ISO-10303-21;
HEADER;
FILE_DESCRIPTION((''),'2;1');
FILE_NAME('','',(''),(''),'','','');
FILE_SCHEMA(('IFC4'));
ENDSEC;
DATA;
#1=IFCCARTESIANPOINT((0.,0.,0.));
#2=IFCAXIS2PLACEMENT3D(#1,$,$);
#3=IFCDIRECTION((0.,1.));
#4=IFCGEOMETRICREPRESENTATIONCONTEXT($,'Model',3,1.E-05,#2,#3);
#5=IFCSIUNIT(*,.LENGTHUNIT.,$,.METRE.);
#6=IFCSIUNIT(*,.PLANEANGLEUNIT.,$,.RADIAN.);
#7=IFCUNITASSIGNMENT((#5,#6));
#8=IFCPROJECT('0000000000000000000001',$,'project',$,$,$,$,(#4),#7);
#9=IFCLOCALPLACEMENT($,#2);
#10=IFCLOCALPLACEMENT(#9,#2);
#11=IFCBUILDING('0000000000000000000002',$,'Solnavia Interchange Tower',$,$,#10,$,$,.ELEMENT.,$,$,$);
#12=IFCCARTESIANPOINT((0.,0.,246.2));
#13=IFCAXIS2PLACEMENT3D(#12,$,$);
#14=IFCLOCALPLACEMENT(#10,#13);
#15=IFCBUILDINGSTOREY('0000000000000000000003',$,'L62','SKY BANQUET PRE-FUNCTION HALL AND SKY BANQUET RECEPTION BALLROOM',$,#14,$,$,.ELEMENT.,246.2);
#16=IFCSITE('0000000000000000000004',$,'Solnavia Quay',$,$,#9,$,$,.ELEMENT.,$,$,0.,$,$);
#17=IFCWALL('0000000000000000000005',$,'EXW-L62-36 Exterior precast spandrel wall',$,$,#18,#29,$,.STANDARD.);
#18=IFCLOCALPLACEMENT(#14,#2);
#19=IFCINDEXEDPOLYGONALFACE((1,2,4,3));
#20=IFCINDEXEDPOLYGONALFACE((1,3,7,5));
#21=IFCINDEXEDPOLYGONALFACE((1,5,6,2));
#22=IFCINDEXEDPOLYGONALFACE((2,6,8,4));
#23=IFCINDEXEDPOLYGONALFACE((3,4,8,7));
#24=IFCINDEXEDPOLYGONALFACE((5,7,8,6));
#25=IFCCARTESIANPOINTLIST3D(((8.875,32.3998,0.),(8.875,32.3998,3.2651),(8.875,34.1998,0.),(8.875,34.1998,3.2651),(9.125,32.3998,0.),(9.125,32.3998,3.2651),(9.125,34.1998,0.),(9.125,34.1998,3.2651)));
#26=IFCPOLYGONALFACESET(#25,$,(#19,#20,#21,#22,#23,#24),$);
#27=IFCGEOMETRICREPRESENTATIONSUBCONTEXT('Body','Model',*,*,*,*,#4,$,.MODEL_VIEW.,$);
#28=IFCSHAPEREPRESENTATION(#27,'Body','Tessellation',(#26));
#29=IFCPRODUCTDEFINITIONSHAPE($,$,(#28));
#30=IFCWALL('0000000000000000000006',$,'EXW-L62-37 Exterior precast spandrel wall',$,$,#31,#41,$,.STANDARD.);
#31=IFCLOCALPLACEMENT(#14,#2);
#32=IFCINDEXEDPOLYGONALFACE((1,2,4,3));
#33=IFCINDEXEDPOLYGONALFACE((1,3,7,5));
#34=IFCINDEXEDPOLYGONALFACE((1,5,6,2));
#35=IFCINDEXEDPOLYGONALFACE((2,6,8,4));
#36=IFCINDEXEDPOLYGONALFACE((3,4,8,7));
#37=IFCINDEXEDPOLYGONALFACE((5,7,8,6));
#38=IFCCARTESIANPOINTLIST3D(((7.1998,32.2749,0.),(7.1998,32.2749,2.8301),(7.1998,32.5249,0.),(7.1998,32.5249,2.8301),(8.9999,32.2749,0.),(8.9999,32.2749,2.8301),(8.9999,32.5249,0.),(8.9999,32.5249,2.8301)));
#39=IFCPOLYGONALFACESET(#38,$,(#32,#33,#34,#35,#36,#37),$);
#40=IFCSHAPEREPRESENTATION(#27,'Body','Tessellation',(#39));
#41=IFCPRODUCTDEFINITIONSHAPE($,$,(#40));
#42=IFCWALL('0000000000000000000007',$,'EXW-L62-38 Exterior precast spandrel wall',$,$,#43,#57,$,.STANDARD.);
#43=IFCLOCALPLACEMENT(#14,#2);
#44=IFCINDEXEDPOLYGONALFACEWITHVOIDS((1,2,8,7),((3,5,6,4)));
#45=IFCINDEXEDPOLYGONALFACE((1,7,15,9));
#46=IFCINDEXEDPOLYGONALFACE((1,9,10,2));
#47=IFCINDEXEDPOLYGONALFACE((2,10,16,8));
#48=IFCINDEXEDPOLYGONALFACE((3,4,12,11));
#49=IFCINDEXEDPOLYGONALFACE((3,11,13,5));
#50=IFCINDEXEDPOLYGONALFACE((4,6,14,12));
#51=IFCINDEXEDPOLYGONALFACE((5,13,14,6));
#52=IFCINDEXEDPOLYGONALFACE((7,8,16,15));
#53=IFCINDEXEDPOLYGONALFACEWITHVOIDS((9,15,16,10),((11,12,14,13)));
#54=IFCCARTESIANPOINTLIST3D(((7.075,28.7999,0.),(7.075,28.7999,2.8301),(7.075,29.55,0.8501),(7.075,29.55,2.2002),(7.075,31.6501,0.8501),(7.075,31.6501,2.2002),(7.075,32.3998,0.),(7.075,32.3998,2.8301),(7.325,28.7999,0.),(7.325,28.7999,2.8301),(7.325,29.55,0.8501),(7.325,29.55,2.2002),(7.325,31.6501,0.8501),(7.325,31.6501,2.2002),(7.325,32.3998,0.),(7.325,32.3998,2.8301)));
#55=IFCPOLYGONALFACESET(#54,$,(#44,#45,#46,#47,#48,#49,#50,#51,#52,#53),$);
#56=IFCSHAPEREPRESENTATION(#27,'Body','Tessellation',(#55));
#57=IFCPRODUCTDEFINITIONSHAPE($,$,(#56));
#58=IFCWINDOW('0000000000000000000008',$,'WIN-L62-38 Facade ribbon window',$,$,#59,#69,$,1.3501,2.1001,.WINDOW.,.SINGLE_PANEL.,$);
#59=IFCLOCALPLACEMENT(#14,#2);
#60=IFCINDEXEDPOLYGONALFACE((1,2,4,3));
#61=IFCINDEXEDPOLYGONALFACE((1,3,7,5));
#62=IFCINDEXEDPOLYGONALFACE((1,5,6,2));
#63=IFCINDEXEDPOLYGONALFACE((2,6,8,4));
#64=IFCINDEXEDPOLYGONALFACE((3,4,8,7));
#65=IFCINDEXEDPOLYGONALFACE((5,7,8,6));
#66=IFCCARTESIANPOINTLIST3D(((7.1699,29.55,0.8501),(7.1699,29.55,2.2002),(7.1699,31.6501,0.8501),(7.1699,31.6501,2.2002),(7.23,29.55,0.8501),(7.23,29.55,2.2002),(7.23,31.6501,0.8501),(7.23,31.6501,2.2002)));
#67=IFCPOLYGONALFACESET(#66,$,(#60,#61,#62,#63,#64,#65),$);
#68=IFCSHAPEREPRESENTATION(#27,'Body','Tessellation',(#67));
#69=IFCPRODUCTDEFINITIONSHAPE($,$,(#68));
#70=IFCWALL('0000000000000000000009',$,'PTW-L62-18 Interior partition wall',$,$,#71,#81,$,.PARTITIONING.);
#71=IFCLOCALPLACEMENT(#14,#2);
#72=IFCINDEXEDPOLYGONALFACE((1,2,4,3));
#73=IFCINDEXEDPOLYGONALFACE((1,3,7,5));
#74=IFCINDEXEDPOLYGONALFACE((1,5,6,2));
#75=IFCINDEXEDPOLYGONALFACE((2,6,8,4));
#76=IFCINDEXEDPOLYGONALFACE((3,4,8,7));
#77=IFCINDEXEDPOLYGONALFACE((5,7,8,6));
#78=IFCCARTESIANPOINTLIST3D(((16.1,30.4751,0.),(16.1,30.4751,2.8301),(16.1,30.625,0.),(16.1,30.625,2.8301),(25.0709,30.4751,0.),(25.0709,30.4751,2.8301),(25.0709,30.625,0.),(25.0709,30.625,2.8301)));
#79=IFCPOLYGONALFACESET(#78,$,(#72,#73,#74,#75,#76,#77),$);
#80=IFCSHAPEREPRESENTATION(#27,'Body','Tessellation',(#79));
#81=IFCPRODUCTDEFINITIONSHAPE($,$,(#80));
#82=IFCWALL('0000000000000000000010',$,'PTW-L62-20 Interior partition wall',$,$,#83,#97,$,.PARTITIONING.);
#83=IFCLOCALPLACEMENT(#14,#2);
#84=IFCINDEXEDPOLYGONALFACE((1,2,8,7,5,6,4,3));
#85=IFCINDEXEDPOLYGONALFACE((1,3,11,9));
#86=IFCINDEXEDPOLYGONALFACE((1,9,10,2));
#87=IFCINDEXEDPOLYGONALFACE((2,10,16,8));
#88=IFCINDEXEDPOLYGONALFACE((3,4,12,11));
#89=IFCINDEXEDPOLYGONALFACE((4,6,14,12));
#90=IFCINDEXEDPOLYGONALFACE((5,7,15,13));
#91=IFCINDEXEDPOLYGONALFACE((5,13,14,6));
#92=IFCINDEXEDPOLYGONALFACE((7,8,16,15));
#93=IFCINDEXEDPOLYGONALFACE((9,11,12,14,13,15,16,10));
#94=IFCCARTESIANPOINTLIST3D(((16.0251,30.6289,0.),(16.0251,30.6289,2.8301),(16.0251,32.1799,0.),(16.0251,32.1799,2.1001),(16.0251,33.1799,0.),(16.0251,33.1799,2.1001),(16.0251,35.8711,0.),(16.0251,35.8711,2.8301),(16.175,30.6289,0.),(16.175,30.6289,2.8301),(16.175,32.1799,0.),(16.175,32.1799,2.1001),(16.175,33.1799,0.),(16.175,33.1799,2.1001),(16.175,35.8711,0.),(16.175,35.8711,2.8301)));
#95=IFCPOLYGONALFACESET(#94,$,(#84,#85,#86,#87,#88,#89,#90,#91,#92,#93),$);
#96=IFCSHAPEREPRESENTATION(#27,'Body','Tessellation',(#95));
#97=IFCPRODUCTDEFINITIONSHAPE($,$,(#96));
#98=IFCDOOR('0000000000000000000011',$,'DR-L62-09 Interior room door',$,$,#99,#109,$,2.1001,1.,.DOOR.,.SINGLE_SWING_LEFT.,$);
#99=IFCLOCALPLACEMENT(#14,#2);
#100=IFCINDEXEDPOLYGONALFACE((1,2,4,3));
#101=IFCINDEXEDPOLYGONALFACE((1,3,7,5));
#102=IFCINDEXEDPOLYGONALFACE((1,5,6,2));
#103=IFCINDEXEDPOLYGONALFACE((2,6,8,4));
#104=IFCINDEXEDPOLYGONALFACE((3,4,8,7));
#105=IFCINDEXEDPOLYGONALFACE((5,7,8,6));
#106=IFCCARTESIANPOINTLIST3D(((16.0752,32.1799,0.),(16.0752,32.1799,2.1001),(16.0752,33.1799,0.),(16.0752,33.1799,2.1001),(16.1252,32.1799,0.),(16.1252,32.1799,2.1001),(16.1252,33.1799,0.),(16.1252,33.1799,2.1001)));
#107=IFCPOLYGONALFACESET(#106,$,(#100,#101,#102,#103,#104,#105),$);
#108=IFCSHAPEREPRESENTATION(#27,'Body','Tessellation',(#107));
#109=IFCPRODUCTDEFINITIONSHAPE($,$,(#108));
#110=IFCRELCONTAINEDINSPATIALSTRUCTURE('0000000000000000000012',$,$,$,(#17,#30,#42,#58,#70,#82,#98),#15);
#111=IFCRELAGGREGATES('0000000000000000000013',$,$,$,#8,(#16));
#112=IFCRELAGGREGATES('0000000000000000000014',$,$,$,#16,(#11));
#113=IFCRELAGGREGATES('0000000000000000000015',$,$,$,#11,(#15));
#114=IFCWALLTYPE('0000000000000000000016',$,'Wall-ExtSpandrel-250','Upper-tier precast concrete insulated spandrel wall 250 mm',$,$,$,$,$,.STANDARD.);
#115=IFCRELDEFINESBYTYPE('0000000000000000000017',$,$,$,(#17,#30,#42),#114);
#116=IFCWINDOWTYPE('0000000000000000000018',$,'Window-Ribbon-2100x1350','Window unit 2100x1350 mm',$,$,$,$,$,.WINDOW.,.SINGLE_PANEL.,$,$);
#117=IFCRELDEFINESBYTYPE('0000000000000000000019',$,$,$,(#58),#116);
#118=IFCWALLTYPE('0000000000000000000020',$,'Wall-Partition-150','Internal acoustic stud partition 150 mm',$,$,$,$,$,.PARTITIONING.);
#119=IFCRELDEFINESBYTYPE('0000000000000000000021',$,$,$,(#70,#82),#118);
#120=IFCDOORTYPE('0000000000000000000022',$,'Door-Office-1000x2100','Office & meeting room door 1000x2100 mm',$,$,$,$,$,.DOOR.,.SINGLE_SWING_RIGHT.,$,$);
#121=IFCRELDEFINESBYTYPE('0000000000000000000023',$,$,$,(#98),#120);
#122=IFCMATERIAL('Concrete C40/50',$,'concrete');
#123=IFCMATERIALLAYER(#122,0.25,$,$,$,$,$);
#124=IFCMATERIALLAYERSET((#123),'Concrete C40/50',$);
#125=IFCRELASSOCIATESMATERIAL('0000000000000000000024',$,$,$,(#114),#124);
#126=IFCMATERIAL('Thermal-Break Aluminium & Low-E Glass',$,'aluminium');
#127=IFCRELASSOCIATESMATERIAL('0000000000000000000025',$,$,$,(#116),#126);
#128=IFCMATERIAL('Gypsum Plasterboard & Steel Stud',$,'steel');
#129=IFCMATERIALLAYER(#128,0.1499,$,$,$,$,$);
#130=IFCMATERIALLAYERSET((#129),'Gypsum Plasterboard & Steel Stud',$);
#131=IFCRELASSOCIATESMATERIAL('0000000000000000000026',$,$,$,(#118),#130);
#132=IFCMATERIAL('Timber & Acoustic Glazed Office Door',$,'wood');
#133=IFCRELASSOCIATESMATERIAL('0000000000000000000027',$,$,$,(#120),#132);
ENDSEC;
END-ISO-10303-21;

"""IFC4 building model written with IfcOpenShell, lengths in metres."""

from ifc_helpers import new_model, si_unit, direction, frame, frame_2d, origin, place, context, subcontext, project, spatial, rectangle, extrude, material, layer, layer_set, type_object, element, fill, save


model = new_model("IFC4")

# Units and contexts
model_context = context("Model", 3, precision=1e-05, world=origin(), true_north=direction((0.0, 1.0)))
body_context = subcontext(model_context, "Body", "Model", "MODEL_VIEW")
ifc_project = project(units=[si_unit("LENGTHUNIT", "METRE"), si_unit("PLANEANGLEUNIT", "RADIAN")], contexts=[model_context])

# Site, building, storey
site_placement = place(None, origin())
site = spatial("IfcSite", under=ifc_project, at=site_placement, Name="Solnavia Quay", CompositionType="ELEMENT", RefElevation=0.0)
building_placement = place(site_placement, origin())
building = spatial("IfcBuilding", under=site, at=building_placement, Name="Solnavia Interchange Tower", CompositionType="ELEMENT")
storey_placement = place(building_placement, frame((0.0, 0.0, 246.2)))
storey = spatial("IfcBuildingStorey", under=building, at=storey_placement, Name="L62", Description="SKY BANQUET PRE-FUNCTION HALL AND SKY BANQUET RECEPTION BALLROOM", CompositionType="ELEMENT", Elevation=246.2)

# Shared definitions
ifc_material_1 = material(Name="Concrete C40/50", Category="concrete")
ifc_layer_1 = layer(ifc_material_1, 0.25)
ifc_layer_set_1 = layer_set([ifc_layer_1], Name="Concrete C40/50")
wall_type_1 = type_object("IfcWallType", Name="Wall-ExtSpandrel-250", Description="Upper-tier precast concrete insulated spandrel wall 250 mm", PredefinedType="STANDARD", material=ifc_layer_set_1)

# Shared definitions
ifc_material_2 = material(Name="Thermal-Break Aluminium & Low-E Glass", Category="aluminium")
window_type = type_object("IfcWindowType", Name="Window-Ribbon-2100x1350", Description="Window unit 2100x1350 mm", PartitioningType="SINGLE_PANEL", PredefinedType="WINDOW", material=ifc_material_2)

# Walls
for number, where, z_axis, x_axis, name in (
    (1, (9.0, 32.3999, 0.0), (0.0, 0.0, 1.0), (0.0, 1.0, 0.0), "EXW-L62-36 Exterior precast spandrel wall"),
):
    element("IfcWall", number, at=place(storey_placement, frame(where, z_axis=z_axis, x_axis=x_axis)), inside=storey, type_object=wall_type_1, Name=name, PredefinedType="STANDARD", context=body_context, shape_type="SweptSolid", body=[
        extrude(rectangle(XDim=1.8, YDim=0.25, at=frame_2d((0.8999, 0.0))), origin(), (0.0, 0.0, 1.0), 3.2651),
    ])
wall_1_placement = place(storey_placement, frame((7.2, 32.3999, 0.0), z_axis=(0.0, 0.0, 1.0), x_axis=(1.0, 0.0, 0.0)))
element("IfcWall", 2, at=wall_1_placement, inside=storey, type_object=wall_type_1, Name="EXW-L62-37 Exterior precast spandrel wall", PredefinedType="STANDARD", context=body_context, shape_type="SweptSolid", body=[
    extrude(rectangle(XDim=1.8, YDim=0.25, at=frame_2d((0.8999, 0.0))), origin(), (0.0, 0.0, 1.0), 2.8301),
])

# Wall, opening, window
wall_2_placement = place(storey_placement, frame((7.2, 28.8, 0.0), z_axis=(0.0, 0.0, 1.0), x_axis=(0.0, 1.0, 0.0)))
wall_2 = element("IfcWall", 3, at=wall_2_placement, inside=storey, type_object=wall_type_1, Name="EXW-L62-38 Exterior precast spandrel wall", PredefinedType="STANDARD", context=body_context, shape_type="SweptSolid", body=[
    extrude(rectangle(XDim=3.5999, YDim=0.25, at=frame_2d((1.7998, 0.0))), origin(), (0.0, 0.0, 1.0), 2.8301),
])
opening_1_placement = place(wall_2_placement, frame((0.75, 0.0, 0.8501)))
opening_1 = element("IfcOpeningElement", 4, at=opening_1_placement, cuts=wall_2, PredefinedType="OPENING", context=body_context, shape_type="SweptSolid", body=[
    extrude(rectangle(XDim=2.1001, YDim=1.3501, at=frame_2d((1.05, 0.675))), frame((0.0, 0.135, 0.0), z_axis=(0.0, -1.0, 0.0), x_axis=(1.0, 0.0, 0.0)), (0.0, 0.0, 1.0), 0.27),
])
window_1_placement = place(opening_1_placement, origin())
window_1 = element("IfcWindow", 5, at=window_1_placement, inside=storey, type_object=window_type, Name="WIN-L62-38 Facade ribbon window", OverallHeight=1.3501, OverallWidth=2.1001, PartitioningType="SINGLE_PANEL", PredefinedType="WINDOW", context=body_context, shape_type="SweptSolid", body=[
    extrude(rectangle(XDim=2.1001, YDim=1.3501, at=frame_2d((1.05, 0.675))), frame((0.0, 0.03, 0.0), z_axis=(0.0, -1.0, 0.0), x_axis=(1.0, 0.0, 0.0)), (0.0, 0.0, 1.0), 0.0601),
])
fill(opening_1, window_1)

# Wall
ifc_material_3 = material(Name="Gypsum Plasterboard & Steel Stud", Category="steel")
ifc_layer_2 = layer(ifc_material_3, 0.1499)
ifc_layer_set_2 = layer_set([ifc_layer_2], Name="Gypsum Plasterboard & Steel Stud")
wall_type_2 = type_object("IfcWallType", Name="Wall-Partition-150", Description="Internal acoustic stud partition 150 mm", PredefinedType="PARTITIONING", material=ifc_layer_set_2)
wall_3_placement = place(storey_placement, frame((16.1001, 30.55, 0.0), z_axis=(0.0, 0.0, 1.0), x_axis=(1.0, 0.0, 0.0)))
element("IfcWall", 6, at=wall_3_placement, inside=storey, type_object=wall_type_2, Name="PTW-L62-18 Interior partition wall", PredefinedType="PARTITIONING", context=body_context, shape_type="SweptSolid", body=[
    extrude(rectangle(XDim=8.9709, YDim=0.1499, at=frame_2d((4.4854, 0.0))), origin(), (0.0, 0.0, 1.0), 2.8301),
])

# Wall, opening, door
wall_4_placement = place(storey_placement, frame((16.1001, 30.6289, 0.0), z_axis=(0.0, 0.0, 1.0), x_axis=(0.0, 1.0, 0.0)))
wall_4 = element("IfcWall", 7, at=wall_4_placement, inside=storey, type_object=wall_type_2, Name="PTW-L62-20 Interior partition wall", PredefinedType="PARTITIONING", context=body_context, shape_type="SweptSolid", body=[
    extrude(rectangle(XDim=5.2422, YDim=0.1499, at=frame_2d((2.6211, 0.0))), origin(), (0.0, 0.0, 1.0), 2.8301),
])
opening_2_placement = place(wall_4_placement, frame((1.551, 0.0, 0.0)))
opening_2 = element("IfcOpeningElement", 8, at=opening_2_placement, cuts=wall_4, PredefinedType="OPENING", context=body_context, shape_type="SweptSolid", body=[
    extrude(rectangle(XDim=1.0, YDim=2.1001, at=frame_2d((0.5, 1.05))), frame((0.0, 0.085, 0.0), z_axis=(0.0, -1.0, 0.0), x_axis=(1.0, 0.0, 0.0)), (0.0, 0.0, 1.0), 0.1699),
])
ifc_material_4 = material(Name="Timber & Acoustic Glazed Office Door", Category="wood")
door_type = type_object("IfcDoorType", Name="Door-Office-1000x2100", Description="Office & meeting room door 1000x2100 mm", OperationType="SINGLE_SWING_RIGHT", PredefinedType="DOOR", material=ifc_material_4)
door_placement = place(opening_2_placement, origin())
door = element("IfcDoor", 9, at=door_placement, inside=storey, type_object=door_type, Name="DR-L62-09 Interior room door", OperationType="SINGLE_SWING_LEFT", OverallHeight=2.1001, OverallWidth=1.0, PredefinedType="DOOR", context=body_context, shape_type="SweptSolid", body=[
    extrude(rectangle(XDim=1.0, YDim=2.1001, at=frame_2d((0.5, 1.05))), frame((0.0, 0.0249, 0.0), z_axis=(0.0, -1.0, 0.0), x_axis=(1.0, 0.0, 0.0)), (0.0, 0.0, 1.0), 0.05),
])
fill(opening_2, door)

save(model, "model.ifc")
